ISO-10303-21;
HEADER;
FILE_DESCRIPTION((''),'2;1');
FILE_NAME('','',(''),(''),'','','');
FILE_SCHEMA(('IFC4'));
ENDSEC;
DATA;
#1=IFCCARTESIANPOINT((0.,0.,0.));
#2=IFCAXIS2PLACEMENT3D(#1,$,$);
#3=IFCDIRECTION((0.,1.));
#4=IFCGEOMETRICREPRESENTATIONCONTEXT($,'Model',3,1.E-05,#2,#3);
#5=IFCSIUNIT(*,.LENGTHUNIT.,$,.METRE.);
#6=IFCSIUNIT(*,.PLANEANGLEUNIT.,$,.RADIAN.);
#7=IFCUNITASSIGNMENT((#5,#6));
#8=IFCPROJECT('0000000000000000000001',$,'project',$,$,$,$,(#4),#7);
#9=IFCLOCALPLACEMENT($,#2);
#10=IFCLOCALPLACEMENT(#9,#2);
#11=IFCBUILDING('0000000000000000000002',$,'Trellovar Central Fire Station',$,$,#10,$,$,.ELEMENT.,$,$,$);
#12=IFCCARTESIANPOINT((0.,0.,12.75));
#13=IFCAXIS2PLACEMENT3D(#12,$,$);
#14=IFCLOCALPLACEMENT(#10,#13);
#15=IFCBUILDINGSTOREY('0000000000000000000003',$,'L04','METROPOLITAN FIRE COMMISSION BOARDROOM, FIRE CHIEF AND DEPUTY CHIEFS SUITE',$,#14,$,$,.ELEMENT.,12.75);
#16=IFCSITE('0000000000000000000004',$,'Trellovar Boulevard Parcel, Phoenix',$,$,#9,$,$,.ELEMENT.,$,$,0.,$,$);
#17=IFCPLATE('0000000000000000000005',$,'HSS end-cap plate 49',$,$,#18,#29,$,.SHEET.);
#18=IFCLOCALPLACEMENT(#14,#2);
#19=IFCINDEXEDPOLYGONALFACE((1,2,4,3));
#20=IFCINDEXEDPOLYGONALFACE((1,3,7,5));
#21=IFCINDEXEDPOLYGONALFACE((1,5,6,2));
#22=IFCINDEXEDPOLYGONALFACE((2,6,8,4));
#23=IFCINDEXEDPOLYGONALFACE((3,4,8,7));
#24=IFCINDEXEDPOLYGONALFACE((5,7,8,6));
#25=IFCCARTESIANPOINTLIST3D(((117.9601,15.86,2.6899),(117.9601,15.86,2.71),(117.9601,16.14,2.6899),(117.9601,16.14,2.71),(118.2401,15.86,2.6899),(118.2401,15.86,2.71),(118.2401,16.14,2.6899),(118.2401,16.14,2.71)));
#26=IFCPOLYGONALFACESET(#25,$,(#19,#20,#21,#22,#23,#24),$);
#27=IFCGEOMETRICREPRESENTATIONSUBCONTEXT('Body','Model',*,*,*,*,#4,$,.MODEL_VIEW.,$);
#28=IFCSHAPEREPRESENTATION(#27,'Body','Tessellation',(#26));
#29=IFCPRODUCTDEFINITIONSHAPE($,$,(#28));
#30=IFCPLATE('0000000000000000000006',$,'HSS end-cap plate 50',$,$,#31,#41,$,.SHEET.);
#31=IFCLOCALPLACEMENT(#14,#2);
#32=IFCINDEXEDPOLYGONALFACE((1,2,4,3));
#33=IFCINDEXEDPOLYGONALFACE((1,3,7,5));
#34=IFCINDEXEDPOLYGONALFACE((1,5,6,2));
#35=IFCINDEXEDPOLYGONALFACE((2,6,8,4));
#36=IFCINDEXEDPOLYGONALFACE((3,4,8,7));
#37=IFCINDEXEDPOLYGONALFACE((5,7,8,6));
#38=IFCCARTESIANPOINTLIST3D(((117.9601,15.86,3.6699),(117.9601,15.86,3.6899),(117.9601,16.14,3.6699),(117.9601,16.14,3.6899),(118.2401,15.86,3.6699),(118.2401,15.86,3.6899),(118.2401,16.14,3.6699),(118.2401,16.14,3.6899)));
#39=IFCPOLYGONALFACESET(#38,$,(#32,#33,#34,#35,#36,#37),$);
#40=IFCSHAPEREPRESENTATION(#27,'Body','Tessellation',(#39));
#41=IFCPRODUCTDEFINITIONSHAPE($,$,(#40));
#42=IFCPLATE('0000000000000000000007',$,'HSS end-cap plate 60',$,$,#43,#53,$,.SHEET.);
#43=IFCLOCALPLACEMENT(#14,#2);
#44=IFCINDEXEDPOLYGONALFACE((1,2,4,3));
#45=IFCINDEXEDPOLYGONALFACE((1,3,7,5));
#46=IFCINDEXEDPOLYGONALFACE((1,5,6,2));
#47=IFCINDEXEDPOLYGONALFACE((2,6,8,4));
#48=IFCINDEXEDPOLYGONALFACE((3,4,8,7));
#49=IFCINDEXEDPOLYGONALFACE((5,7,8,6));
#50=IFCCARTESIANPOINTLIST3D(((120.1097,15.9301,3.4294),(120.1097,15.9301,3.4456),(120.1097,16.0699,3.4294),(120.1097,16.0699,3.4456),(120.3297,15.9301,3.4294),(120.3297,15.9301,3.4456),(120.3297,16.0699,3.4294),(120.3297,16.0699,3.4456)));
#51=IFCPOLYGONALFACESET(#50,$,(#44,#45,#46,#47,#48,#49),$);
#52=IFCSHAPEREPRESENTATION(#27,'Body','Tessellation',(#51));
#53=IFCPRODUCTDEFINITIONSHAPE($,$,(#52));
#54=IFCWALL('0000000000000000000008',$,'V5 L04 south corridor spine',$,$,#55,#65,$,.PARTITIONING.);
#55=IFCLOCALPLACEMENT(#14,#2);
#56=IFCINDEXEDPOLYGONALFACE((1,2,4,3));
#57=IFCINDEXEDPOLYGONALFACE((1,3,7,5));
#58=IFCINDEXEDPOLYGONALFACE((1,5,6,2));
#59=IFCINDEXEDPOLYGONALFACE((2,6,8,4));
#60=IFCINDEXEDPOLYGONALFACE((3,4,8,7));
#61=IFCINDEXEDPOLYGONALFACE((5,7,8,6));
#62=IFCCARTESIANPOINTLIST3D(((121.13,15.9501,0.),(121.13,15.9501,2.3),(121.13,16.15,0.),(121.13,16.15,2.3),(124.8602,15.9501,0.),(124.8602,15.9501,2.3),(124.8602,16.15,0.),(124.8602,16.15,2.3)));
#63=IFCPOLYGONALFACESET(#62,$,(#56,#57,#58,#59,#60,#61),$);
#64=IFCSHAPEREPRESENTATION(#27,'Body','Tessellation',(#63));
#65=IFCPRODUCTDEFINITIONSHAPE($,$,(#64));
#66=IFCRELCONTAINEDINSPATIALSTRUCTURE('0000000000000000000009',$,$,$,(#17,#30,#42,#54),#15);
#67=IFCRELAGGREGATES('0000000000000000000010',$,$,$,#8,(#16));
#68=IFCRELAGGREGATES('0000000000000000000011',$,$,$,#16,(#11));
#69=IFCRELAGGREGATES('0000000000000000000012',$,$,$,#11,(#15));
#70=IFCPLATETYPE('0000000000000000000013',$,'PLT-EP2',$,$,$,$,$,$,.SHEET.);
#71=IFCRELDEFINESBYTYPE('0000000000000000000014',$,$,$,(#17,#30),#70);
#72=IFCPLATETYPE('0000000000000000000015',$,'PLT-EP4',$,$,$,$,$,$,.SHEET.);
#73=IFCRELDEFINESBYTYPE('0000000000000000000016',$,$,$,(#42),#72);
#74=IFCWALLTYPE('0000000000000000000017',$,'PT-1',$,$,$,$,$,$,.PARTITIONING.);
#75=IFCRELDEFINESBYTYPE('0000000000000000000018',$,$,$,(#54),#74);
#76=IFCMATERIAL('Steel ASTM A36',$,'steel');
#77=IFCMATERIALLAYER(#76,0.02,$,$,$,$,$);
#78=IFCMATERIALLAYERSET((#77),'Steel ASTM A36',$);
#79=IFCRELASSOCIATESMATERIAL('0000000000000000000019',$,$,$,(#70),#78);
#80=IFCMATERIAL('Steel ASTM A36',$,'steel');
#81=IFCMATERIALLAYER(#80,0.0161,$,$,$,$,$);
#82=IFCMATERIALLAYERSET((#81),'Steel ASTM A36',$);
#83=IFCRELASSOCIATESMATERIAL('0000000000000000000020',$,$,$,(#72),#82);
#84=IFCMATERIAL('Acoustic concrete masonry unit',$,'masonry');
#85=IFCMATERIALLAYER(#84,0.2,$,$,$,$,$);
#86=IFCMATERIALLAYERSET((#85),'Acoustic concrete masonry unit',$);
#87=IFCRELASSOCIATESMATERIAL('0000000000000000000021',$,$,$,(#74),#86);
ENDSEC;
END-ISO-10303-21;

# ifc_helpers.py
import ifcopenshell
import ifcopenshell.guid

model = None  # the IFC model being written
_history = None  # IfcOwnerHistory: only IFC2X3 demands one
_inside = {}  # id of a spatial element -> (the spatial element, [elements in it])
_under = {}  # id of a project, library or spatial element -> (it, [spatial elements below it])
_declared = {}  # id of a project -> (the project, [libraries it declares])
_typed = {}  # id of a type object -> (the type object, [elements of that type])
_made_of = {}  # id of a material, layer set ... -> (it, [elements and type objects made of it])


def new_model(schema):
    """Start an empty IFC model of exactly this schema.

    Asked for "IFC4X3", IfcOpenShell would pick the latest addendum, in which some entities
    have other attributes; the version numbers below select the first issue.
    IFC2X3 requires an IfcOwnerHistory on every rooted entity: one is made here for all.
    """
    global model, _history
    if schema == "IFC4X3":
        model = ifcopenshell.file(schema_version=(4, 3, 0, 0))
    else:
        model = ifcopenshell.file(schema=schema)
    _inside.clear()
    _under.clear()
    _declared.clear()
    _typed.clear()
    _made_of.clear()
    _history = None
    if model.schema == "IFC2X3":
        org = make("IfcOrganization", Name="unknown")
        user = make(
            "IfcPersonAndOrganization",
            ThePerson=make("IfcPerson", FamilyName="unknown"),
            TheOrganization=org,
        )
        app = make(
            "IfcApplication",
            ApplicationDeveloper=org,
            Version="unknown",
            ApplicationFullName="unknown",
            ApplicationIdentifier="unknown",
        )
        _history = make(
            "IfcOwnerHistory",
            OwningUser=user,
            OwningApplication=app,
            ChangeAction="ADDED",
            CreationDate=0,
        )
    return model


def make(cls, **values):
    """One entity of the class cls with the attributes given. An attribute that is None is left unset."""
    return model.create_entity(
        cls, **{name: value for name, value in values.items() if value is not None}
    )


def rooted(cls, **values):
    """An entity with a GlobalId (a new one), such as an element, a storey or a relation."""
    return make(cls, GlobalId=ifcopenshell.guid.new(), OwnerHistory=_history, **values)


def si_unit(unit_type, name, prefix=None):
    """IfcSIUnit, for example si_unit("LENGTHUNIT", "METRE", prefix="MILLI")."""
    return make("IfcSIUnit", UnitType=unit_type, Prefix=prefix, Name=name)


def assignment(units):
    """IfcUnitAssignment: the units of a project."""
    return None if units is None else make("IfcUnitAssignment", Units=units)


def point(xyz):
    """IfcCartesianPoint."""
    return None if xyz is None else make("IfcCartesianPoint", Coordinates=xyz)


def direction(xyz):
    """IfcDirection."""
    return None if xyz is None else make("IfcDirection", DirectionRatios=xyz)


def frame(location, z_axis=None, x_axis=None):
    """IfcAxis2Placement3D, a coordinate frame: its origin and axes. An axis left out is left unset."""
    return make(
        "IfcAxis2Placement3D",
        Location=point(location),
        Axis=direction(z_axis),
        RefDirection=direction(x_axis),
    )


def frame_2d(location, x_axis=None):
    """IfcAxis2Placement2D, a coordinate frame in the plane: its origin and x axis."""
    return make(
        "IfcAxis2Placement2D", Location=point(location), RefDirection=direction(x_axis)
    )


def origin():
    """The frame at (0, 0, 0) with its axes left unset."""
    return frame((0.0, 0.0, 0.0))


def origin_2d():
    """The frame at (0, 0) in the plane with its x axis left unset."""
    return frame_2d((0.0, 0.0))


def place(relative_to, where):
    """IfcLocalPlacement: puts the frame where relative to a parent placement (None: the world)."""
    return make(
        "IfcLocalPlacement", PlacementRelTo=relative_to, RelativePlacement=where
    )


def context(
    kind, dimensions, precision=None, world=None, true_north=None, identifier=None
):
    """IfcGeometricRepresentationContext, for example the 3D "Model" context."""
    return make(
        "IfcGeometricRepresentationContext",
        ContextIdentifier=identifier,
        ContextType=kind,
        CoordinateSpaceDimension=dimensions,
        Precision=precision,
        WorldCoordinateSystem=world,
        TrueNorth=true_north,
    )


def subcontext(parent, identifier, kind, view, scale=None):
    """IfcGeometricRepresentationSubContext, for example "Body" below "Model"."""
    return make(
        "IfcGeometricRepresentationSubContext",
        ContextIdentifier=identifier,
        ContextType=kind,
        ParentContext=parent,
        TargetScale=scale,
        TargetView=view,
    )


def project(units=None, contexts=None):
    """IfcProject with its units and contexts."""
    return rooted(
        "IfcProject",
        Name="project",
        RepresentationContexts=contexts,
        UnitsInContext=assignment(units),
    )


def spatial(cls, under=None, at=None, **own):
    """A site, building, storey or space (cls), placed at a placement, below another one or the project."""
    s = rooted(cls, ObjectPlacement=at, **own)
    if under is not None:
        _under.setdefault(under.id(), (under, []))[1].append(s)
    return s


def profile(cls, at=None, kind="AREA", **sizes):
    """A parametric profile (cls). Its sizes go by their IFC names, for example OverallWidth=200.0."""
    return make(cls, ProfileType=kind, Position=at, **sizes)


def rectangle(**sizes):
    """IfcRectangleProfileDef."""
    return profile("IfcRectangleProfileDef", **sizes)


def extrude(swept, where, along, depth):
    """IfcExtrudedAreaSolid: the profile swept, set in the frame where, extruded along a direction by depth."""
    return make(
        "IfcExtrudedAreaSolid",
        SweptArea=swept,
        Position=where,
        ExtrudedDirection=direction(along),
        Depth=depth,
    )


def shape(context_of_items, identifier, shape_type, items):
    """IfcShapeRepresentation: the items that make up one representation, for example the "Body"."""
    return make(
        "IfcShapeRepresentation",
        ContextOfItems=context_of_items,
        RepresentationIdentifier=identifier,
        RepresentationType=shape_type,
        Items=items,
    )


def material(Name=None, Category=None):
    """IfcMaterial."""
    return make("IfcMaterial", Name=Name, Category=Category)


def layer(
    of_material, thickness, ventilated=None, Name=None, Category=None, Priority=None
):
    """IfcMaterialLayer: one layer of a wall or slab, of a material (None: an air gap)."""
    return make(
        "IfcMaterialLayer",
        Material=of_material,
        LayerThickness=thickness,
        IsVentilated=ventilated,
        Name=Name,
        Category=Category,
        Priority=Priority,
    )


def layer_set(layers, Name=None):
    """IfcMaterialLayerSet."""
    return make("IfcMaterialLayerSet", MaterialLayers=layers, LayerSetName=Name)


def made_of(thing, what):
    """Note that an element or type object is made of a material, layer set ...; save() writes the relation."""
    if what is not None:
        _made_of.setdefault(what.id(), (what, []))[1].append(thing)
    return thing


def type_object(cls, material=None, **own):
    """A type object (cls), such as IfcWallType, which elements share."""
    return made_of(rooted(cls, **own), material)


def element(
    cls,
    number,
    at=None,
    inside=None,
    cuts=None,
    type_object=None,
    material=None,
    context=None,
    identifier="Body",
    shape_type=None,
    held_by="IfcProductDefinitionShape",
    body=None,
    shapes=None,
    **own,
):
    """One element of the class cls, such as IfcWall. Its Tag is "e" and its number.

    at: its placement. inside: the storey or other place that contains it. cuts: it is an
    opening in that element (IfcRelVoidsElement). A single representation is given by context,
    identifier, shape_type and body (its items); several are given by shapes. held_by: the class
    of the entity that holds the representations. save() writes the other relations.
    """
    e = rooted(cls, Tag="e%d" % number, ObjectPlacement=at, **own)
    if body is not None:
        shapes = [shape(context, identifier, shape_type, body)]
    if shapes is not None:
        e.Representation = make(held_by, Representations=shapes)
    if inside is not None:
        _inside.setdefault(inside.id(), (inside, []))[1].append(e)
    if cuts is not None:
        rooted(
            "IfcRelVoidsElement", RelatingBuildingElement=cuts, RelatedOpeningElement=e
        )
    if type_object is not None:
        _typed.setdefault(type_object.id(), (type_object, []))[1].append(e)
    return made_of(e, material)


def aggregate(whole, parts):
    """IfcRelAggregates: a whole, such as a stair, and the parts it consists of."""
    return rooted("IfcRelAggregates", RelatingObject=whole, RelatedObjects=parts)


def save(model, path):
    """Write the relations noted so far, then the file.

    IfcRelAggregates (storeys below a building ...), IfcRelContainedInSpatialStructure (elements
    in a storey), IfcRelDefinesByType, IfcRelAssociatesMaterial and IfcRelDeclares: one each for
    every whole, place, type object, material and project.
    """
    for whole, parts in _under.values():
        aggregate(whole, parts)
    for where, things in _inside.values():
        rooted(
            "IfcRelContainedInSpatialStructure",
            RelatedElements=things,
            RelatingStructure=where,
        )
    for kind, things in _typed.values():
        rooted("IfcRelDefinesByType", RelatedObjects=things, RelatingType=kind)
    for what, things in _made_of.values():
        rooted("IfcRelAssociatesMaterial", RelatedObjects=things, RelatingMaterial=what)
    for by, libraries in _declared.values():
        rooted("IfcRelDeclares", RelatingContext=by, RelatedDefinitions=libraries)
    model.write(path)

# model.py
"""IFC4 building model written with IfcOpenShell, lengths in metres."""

from ifc_helpers import new_model, si_unit, direction, frame, frame_2d, origin, origin_2d, place, context, subcontext, project, spatial, rectangle, extrude, material, layer, layer_set, type_object, element, save


model = new_model("IFC4")

# Units and contexts
model_context = context("Model", 3, precision=1e-05, world=origin(), true_north=direction((0.0, 1.0)))
body_context = subcontext(model_context, "Body", "Model", "MODEL_VIEW")
ifc_project = project(units=[si_unit("LENGTHUNIT", "METRE"), si_unit("PLANEANGLEUNIT", "RADIAN")], contexts=[model_context])

# Site, building, storey
site_placement = place(None, origin())
site = spatial("IfcSite", under=ifc_project, at=site_placement, Name="Trellovar Boulevard Parcel, Phoenix", CompositionType="ELEMENT", RefElevation=0.0)
building_placement = place(site_placement, origin())
building = spatial("IfcBuilding", under=site, at=building_placement, Name="Trellovar Central Fire Station", CompositionType="ELEMENT")
storey_placement = place(building_placement, frame((0.0, 0.0, 12.75)))
storey = spatial("IfcBuildingStorey", under=building, at=storey_placement, Name="L04", Description="METROPOLITAN FIRE COMMISSION BOARDROOM, FIRE CHIEF AND DEPUTY CHIEFS SUITE", CompositionType="ELEMENT", Elevation=12.75)

# Plates
ifc_material_1 = material(Name="Steel ASTM A36", Category="steel")
ifc_layer_1 = layer(ifc_material_1, 0.02)
ifc_layer_set_1 = layer_set([ifc_layer_1], Name="Steel ASTM A36")
plate_type_1 = type_object("IfcPlateType", Name="PLT-EP2", PredefinedType="SHEET", material=ifc_layer_set_1)
for number, where, z_axis, x_axis, name in (
    (1, (118.1001, 16.0, 2.6899), (0.0, 0.0, 1.0), (1.0, 0.0, 0.0), "HSS end-cap plate 49"),
    (2, (118.1001, 16.0, 3.6699), (0.0, 0.0, 1.0), (1.0, 0.0, 0.0), "HSS end-cap plate 50"),
):
    element("IfcPlate", number, at=place(storey_placement, frame(where, z_axis=z_axis, x_axis=x_axis)), inside=storey, type_object=plate_type_1, Name=name, PredefinedType="SHEET", context=body_context, shape_type="SweptSolid", body=[
        extrude(rectangle(XDim=0.28, YDim=0.28, at=origin_2d()), origin(), (0.0, 0.0, 1.0), 0.02),
    ])
ifc_material_2 = material(Name="Steel ASTM A36", Category="steel")
ifc_layer_2 = layer(ifc_material_2, 0.0161)
ifc_layer_set_2 = layer_set([ifc_layer_2], Name="Steel ASTM A36")
plate_type_2 = type_object("IfcPlateType", Name="PLT-EP4", PredefinedType="SHEET", material=ifc_layer_set_2)
plate_placement = place(storey_placement, frame((120.2197, 16.0, 3.4294), z_axis=(0.0, 0.0, 1.0), x_axis=(1.0, 0.0, 0.0)))
element("IfcPlate", 3, at=plate_placement, inside=storey, type_object=plate_type_2, Name="HSS end-cap plate 60", PredefinedType="SHEET", context=body_context, shape_type="SweptSolid", body=[
    extrude(rectangle(XDim=0.22, YDim=0.1399, at=origin_2d()), origin(), (0.0, 0.0, 1.0), 0.0161),
])

# Wall
ifc_material_3 = material(Name="Acoustic concrete masonry unit", Category="masonry")
ifc_layer_3 = layer(ifc_material_3, 0.2)
ifc_layer_set_3 = layer_set([ifc_layer_3], Name="Acoustic concrete masonry unit")
wall_type = type_object("IfcWallType", Name="PT-1", PredefinedType="PARTITIONING", material=ifc_layer_set_3)
wall_placement = place(storey_placement, frame((121.1299, 16.05, 0.0), z_axis=(0.0, 0.0, 1.0), x_axis=(1.0, 0.0, 0.0)))
element("IfcWall", 4, at=wall_placement, inside=storey, type_object=wall_type, Name="V5 L04 south corridor spine", PredefinedType="PARTITIONING", context=body_context, shape_type="SweptSolid", body=[
    extrude(rectangle(XDim=3.7302, YDim=0.2, at=frame_2d((1.8652, 0.0))), origin(), (0.0, 0.0, 1.0), 2.3),
])

save(model, "model.ifc")
